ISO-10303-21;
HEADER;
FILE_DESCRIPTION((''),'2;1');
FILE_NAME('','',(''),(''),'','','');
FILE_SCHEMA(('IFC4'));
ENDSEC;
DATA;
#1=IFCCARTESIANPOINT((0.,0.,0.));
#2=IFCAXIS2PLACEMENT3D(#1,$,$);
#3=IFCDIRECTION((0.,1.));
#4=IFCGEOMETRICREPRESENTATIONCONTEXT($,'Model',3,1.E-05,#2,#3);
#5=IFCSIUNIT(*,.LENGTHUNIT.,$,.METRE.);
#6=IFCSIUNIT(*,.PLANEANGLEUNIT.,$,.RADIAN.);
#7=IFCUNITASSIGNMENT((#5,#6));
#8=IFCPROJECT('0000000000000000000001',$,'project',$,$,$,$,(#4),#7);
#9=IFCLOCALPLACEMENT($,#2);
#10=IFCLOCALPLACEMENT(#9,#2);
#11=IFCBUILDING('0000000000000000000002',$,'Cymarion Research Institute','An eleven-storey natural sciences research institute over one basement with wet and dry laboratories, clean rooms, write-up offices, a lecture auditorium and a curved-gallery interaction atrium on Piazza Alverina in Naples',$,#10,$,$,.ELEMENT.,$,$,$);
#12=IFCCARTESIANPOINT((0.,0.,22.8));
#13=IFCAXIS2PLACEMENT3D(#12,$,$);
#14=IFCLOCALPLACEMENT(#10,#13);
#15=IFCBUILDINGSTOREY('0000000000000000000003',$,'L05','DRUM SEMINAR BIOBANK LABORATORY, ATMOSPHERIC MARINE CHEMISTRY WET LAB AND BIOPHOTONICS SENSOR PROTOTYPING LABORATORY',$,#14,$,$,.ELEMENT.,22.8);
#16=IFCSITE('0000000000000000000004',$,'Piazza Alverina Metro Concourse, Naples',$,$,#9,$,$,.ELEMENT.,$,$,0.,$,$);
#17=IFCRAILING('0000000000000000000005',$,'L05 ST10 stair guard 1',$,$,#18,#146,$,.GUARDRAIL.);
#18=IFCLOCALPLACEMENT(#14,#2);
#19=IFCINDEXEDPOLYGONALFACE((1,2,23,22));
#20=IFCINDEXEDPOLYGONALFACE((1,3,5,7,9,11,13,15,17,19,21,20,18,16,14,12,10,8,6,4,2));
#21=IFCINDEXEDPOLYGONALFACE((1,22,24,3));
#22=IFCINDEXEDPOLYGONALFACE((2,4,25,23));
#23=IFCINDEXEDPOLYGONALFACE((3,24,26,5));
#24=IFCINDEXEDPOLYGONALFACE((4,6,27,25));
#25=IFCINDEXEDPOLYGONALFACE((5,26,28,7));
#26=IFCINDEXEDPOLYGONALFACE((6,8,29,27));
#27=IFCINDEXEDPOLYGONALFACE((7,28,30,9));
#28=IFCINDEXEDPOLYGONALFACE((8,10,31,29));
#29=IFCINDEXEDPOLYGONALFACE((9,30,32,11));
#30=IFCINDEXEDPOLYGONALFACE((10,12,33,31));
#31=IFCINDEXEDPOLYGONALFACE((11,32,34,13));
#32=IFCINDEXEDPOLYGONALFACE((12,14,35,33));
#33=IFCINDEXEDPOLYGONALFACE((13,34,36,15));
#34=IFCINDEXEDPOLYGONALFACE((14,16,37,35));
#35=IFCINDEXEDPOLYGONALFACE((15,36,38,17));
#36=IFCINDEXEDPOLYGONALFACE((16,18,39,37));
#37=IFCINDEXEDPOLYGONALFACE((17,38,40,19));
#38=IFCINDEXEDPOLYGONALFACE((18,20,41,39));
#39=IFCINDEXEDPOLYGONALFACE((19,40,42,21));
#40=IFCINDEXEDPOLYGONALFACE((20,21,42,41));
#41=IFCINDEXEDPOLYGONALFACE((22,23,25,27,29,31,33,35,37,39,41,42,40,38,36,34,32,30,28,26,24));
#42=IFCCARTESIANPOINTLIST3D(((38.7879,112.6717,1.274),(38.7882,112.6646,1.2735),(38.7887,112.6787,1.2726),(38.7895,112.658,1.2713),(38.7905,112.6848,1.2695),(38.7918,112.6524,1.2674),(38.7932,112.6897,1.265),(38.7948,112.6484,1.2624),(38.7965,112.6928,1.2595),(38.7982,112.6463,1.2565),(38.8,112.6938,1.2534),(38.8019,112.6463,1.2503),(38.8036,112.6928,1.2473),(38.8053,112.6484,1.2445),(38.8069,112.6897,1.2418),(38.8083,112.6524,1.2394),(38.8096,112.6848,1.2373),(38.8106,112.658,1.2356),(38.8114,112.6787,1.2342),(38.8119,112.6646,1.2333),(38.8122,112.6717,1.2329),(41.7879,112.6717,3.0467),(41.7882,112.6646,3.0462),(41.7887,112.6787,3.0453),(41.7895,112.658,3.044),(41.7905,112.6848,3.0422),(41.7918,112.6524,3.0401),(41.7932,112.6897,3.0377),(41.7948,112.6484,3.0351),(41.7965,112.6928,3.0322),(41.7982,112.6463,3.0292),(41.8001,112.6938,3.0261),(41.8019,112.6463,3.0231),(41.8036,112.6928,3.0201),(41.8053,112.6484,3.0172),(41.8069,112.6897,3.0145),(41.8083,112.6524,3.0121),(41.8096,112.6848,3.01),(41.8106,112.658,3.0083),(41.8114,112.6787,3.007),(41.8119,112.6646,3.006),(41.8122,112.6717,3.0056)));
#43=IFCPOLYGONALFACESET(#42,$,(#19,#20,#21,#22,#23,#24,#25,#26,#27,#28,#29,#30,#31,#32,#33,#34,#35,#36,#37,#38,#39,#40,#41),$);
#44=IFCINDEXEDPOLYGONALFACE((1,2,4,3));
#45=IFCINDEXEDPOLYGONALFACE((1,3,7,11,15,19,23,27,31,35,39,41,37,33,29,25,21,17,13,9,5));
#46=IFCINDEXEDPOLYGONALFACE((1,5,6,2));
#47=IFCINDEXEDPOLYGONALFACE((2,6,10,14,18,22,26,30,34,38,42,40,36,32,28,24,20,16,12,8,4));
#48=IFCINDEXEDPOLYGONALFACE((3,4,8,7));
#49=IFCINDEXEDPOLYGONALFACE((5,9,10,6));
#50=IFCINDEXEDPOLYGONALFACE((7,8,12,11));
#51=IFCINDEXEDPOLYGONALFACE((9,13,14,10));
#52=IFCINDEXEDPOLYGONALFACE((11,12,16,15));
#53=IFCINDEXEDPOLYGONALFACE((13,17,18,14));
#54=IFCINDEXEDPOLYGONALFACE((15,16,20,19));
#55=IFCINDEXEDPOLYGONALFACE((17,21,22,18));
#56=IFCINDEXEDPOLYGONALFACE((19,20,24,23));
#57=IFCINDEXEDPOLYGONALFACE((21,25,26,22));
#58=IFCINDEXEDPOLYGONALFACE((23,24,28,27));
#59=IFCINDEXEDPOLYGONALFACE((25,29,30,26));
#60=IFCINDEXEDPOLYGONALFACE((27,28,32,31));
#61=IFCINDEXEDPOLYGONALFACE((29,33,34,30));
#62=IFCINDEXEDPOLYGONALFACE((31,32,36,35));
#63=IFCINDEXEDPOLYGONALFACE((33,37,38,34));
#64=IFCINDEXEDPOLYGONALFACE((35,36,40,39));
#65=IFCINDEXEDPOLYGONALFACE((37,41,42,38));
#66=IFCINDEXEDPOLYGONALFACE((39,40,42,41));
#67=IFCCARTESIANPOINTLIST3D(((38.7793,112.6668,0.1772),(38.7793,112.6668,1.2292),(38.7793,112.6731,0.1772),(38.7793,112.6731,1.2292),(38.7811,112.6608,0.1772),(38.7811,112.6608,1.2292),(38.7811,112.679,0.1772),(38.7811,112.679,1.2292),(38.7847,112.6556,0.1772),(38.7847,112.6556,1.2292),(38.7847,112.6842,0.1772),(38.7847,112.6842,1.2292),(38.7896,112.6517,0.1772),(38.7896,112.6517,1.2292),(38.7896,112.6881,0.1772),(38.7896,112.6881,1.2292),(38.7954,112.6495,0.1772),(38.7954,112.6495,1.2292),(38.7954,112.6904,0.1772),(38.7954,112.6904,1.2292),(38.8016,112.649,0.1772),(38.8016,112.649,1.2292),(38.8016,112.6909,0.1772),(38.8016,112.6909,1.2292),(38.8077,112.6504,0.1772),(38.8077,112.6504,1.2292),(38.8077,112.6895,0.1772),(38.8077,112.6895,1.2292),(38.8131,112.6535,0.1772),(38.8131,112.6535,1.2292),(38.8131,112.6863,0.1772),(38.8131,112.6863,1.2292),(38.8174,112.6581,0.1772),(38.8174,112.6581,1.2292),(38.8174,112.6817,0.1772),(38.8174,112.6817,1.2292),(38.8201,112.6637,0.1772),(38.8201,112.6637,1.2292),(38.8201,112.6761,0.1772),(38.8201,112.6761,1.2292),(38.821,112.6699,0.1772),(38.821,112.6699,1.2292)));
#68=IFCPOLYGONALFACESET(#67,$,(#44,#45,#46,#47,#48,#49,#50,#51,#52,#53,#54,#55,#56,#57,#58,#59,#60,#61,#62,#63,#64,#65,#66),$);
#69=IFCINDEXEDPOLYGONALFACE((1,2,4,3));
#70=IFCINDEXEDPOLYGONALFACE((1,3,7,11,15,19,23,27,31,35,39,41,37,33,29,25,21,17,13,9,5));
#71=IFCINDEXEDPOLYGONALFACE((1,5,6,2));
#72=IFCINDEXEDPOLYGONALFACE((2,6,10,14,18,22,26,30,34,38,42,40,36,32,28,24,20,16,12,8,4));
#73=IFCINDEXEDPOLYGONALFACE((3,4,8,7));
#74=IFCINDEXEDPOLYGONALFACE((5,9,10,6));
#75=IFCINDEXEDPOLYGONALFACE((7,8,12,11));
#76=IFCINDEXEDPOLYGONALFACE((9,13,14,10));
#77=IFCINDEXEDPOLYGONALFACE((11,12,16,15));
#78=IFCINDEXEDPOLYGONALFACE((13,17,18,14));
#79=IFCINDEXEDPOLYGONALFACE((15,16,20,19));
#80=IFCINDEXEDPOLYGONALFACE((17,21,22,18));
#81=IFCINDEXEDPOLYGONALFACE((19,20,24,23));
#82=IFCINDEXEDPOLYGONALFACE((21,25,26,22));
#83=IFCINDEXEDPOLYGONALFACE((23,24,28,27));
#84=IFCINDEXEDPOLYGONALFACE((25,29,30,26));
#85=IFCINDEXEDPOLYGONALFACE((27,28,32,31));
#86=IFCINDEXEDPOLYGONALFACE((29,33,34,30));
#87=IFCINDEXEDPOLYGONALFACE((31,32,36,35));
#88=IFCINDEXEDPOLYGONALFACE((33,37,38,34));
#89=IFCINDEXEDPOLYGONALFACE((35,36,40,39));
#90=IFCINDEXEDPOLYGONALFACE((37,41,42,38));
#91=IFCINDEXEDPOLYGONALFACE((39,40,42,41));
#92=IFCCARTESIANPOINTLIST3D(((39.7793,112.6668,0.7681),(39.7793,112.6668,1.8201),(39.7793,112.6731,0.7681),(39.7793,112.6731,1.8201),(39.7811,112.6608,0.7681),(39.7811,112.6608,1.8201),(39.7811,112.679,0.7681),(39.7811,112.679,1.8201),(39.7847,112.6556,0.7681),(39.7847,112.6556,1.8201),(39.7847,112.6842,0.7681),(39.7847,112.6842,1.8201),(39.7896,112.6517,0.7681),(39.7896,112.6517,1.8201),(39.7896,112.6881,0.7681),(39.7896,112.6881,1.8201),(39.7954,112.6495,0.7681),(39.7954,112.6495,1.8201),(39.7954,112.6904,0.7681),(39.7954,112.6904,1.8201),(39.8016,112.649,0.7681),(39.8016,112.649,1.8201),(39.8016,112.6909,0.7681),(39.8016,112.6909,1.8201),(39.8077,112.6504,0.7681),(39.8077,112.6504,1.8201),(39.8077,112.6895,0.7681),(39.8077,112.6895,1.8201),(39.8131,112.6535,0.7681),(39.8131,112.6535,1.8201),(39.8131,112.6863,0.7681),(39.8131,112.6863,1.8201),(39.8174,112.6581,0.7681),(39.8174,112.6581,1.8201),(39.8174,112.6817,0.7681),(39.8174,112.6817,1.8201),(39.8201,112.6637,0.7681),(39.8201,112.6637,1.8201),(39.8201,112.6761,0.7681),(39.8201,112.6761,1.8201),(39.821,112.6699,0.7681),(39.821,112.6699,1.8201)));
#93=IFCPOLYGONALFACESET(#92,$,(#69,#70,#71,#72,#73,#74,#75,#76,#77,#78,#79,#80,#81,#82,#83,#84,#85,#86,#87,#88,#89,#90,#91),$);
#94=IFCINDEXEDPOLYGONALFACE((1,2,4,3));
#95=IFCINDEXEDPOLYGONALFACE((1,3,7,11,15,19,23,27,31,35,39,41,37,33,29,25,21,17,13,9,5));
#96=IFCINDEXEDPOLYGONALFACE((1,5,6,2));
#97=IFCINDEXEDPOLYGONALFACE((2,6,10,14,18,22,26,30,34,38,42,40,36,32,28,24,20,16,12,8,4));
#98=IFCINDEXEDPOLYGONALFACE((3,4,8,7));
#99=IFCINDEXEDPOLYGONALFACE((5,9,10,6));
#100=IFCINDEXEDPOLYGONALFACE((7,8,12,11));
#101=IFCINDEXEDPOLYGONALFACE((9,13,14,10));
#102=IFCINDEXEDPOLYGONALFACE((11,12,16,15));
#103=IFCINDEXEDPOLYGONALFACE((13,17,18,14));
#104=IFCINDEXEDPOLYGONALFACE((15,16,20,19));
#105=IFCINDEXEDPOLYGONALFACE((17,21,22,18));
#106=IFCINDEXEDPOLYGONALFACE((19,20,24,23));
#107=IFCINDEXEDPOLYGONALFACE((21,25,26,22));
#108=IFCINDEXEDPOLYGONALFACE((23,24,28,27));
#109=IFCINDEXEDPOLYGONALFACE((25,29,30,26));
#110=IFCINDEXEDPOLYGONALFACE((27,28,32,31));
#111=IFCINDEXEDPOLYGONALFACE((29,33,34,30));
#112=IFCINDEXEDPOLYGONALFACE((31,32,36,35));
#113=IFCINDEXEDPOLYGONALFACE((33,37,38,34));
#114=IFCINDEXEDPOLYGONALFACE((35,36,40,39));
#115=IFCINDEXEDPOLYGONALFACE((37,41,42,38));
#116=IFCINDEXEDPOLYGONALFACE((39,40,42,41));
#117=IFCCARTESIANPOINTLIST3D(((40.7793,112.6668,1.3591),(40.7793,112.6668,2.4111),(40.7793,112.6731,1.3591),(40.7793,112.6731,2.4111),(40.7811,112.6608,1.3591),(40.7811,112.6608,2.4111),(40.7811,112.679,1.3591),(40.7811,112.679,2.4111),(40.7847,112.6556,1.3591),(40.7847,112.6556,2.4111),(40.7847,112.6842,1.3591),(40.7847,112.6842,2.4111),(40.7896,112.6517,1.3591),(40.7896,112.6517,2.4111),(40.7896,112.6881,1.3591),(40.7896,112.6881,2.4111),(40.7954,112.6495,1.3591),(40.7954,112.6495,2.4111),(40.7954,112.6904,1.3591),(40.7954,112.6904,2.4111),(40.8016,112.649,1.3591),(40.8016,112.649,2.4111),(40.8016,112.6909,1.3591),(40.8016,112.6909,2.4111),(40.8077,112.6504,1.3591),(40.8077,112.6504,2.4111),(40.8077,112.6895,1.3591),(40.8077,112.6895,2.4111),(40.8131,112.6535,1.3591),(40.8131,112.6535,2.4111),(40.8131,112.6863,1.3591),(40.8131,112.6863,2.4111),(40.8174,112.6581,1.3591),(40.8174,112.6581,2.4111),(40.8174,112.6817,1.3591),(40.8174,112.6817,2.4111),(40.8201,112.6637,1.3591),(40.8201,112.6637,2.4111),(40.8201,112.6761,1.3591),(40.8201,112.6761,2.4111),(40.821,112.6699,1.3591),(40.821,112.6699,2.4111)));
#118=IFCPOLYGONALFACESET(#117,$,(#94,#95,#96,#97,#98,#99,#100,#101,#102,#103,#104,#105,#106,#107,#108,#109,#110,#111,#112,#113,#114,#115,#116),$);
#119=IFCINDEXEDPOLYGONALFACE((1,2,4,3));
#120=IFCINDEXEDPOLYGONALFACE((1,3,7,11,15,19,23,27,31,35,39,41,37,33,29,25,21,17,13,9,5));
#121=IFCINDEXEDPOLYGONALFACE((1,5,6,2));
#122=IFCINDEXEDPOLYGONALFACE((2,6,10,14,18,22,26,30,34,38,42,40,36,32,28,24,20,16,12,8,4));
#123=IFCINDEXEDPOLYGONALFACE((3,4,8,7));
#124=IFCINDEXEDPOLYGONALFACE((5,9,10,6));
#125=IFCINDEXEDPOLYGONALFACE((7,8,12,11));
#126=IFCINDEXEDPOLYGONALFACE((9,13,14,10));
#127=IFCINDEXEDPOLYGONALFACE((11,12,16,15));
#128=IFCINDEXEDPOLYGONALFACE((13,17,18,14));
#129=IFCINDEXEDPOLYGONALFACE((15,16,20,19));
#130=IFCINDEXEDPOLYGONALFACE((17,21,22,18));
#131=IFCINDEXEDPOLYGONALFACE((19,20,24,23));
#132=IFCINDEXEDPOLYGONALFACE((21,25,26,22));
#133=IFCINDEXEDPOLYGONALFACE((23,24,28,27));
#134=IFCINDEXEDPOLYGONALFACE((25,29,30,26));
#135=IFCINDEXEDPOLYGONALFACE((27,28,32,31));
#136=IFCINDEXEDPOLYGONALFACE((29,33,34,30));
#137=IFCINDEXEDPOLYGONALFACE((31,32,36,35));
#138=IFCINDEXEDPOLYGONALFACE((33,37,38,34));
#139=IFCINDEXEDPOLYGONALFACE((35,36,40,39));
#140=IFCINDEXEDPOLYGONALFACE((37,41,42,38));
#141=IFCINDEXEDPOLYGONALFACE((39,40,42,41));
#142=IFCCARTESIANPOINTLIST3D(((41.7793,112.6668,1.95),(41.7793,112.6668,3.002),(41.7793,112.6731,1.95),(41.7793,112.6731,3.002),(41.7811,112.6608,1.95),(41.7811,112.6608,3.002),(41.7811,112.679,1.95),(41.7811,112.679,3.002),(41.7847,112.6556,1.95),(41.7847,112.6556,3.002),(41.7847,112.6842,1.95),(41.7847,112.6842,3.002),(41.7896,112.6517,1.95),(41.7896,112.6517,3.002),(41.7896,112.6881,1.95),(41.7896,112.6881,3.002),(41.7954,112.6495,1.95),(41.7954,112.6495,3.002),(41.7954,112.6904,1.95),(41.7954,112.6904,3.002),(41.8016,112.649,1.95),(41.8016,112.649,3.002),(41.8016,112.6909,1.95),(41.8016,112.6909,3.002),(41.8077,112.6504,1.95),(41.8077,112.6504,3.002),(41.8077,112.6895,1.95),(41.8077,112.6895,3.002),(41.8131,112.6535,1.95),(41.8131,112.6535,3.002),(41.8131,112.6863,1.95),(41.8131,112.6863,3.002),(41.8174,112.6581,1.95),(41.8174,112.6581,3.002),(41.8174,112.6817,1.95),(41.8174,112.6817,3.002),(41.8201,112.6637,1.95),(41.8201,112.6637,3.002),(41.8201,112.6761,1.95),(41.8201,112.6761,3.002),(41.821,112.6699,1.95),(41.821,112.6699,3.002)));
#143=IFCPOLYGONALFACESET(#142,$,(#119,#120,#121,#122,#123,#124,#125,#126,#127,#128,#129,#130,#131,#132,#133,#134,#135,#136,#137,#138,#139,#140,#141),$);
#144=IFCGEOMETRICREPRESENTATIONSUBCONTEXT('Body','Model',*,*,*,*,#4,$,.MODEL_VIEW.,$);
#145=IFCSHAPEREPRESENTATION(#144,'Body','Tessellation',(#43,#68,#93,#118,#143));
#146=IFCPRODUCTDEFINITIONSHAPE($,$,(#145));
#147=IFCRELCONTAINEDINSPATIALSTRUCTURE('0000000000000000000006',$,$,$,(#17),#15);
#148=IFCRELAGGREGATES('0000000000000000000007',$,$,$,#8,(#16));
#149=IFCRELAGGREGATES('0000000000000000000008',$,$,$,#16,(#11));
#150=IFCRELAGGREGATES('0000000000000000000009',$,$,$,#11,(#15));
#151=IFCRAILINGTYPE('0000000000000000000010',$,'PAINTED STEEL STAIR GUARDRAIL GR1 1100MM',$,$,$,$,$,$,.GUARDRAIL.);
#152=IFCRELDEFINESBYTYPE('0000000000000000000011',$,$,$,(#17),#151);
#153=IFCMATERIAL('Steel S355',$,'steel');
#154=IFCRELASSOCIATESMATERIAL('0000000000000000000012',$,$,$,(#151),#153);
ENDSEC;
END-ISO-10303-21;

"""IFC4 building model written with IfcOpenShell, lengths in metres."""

from ifc_helpers import new_model, si_unit, direction, frame, origin, origin_2d, place, context, subcontext, project, spatial, circle, extrude, material, type_object, element, save


model = new_model("IFC4")

# Units and contexts
model_context = context("Model", 3, precision=1e-05, world=origin(), true_north=direction((0.0, 1.0)))
body_context = subcontext(model_context, "Body", "Model", "MODEL_VIEW")
ifc_project = project(units=[si_unit("LENGTHUNIT", "METRE"), si_unit("PLANEANGLEUNIT", "RADIAN")], contexts=[model_context])

# Site, building, storey
site_placement = place(None, origin())
site = spatial("IfcSite", under=ifc_project, at=site_placement, Name="Piazza Alverina Metro Concourse, Naples", CompositionType="ELEMENT", RefElevation=0.0)
building_placement = place(site_placement, origin())
building = spatial("IfcBuilding", under=site, at=building_placement, Name="Cymarion Research Institute", Description="An eleven-storey natural sciences research institute over one basement with wet and dry laboratories, clean rooms, write-up offices, a lecture auditorium and a curved-gallery interaction atrium on Piazza Alverina in Naples", CompositionType="ELEMENT")
storey_placement = place(building_placement, frame((0.0, 0.0, 22.8)))
storey = spatial("IfcBuildingStorey", under=building, at=storey_placement, Name="L05", Description="DRUM SEMINAR BIOBANK LABORATORY, ATMOSPHERIC MARINE CHEMISTRY WET LAB AND BIOPHOTONICS SENSOR PROTOTYPING LABORATORY", CompositionType="ELEMENT", Elevation=22.8)

# Shared definitions
ifc_material_1 = material(Name="Steel S355", Category="steel")

# Railing
railing_type_1 = type_object("IfcRailingType", Name="PAINTED STEEL STAIR GUARDRAIL GR1 1100MM", PredefinedType="GUARDRAIL", material=ifc_material_1)
railing_1_placement = place(storey_placement, frame((38.8, 112.6699, 0.1772)))
element("IfcRailing", 1, at=railing_1_placement, inside=storey, type_object=railing_type_1, Name="L05 ST10 stair guard 1", PredefinedType="GUARDRAIL", context=body_context, shape_type="SweptSolid", body=[
    extrude(circle(Radius=0.0239, at=origin_2d()), frame((0.0, 0.0, 1.0762), z_axis=(0.860929, 0.0, 0.508725), x_axis=(0.0, 1.0, 0.0)), (0.0, 0.0, 1.0), 3.4846),
    extrude(circle(Radius=0.021, at=origin_2d()), origin(), (0.0, 0.0, 1.0), 1.052),
    extrude(circle(Radius=0.021, at=origin_2d()), frame((1.0, 0.0, 0.5908)), (0.0, 0.0, 1.0), 1.052),
    extrude(circle(Radius=0.021, at=origin_2d()), frame((2.0, 0.0, 1.1819)), (0.0, 0.0, 1.0), 1.052),
    extrude(circle(Radius=0.021, at=origin_2d()), frame((3.0, 0.0, 1.7727)), (0.0, 0.0, 1.0), 1.052),
])

save(model, "model.ifc")
